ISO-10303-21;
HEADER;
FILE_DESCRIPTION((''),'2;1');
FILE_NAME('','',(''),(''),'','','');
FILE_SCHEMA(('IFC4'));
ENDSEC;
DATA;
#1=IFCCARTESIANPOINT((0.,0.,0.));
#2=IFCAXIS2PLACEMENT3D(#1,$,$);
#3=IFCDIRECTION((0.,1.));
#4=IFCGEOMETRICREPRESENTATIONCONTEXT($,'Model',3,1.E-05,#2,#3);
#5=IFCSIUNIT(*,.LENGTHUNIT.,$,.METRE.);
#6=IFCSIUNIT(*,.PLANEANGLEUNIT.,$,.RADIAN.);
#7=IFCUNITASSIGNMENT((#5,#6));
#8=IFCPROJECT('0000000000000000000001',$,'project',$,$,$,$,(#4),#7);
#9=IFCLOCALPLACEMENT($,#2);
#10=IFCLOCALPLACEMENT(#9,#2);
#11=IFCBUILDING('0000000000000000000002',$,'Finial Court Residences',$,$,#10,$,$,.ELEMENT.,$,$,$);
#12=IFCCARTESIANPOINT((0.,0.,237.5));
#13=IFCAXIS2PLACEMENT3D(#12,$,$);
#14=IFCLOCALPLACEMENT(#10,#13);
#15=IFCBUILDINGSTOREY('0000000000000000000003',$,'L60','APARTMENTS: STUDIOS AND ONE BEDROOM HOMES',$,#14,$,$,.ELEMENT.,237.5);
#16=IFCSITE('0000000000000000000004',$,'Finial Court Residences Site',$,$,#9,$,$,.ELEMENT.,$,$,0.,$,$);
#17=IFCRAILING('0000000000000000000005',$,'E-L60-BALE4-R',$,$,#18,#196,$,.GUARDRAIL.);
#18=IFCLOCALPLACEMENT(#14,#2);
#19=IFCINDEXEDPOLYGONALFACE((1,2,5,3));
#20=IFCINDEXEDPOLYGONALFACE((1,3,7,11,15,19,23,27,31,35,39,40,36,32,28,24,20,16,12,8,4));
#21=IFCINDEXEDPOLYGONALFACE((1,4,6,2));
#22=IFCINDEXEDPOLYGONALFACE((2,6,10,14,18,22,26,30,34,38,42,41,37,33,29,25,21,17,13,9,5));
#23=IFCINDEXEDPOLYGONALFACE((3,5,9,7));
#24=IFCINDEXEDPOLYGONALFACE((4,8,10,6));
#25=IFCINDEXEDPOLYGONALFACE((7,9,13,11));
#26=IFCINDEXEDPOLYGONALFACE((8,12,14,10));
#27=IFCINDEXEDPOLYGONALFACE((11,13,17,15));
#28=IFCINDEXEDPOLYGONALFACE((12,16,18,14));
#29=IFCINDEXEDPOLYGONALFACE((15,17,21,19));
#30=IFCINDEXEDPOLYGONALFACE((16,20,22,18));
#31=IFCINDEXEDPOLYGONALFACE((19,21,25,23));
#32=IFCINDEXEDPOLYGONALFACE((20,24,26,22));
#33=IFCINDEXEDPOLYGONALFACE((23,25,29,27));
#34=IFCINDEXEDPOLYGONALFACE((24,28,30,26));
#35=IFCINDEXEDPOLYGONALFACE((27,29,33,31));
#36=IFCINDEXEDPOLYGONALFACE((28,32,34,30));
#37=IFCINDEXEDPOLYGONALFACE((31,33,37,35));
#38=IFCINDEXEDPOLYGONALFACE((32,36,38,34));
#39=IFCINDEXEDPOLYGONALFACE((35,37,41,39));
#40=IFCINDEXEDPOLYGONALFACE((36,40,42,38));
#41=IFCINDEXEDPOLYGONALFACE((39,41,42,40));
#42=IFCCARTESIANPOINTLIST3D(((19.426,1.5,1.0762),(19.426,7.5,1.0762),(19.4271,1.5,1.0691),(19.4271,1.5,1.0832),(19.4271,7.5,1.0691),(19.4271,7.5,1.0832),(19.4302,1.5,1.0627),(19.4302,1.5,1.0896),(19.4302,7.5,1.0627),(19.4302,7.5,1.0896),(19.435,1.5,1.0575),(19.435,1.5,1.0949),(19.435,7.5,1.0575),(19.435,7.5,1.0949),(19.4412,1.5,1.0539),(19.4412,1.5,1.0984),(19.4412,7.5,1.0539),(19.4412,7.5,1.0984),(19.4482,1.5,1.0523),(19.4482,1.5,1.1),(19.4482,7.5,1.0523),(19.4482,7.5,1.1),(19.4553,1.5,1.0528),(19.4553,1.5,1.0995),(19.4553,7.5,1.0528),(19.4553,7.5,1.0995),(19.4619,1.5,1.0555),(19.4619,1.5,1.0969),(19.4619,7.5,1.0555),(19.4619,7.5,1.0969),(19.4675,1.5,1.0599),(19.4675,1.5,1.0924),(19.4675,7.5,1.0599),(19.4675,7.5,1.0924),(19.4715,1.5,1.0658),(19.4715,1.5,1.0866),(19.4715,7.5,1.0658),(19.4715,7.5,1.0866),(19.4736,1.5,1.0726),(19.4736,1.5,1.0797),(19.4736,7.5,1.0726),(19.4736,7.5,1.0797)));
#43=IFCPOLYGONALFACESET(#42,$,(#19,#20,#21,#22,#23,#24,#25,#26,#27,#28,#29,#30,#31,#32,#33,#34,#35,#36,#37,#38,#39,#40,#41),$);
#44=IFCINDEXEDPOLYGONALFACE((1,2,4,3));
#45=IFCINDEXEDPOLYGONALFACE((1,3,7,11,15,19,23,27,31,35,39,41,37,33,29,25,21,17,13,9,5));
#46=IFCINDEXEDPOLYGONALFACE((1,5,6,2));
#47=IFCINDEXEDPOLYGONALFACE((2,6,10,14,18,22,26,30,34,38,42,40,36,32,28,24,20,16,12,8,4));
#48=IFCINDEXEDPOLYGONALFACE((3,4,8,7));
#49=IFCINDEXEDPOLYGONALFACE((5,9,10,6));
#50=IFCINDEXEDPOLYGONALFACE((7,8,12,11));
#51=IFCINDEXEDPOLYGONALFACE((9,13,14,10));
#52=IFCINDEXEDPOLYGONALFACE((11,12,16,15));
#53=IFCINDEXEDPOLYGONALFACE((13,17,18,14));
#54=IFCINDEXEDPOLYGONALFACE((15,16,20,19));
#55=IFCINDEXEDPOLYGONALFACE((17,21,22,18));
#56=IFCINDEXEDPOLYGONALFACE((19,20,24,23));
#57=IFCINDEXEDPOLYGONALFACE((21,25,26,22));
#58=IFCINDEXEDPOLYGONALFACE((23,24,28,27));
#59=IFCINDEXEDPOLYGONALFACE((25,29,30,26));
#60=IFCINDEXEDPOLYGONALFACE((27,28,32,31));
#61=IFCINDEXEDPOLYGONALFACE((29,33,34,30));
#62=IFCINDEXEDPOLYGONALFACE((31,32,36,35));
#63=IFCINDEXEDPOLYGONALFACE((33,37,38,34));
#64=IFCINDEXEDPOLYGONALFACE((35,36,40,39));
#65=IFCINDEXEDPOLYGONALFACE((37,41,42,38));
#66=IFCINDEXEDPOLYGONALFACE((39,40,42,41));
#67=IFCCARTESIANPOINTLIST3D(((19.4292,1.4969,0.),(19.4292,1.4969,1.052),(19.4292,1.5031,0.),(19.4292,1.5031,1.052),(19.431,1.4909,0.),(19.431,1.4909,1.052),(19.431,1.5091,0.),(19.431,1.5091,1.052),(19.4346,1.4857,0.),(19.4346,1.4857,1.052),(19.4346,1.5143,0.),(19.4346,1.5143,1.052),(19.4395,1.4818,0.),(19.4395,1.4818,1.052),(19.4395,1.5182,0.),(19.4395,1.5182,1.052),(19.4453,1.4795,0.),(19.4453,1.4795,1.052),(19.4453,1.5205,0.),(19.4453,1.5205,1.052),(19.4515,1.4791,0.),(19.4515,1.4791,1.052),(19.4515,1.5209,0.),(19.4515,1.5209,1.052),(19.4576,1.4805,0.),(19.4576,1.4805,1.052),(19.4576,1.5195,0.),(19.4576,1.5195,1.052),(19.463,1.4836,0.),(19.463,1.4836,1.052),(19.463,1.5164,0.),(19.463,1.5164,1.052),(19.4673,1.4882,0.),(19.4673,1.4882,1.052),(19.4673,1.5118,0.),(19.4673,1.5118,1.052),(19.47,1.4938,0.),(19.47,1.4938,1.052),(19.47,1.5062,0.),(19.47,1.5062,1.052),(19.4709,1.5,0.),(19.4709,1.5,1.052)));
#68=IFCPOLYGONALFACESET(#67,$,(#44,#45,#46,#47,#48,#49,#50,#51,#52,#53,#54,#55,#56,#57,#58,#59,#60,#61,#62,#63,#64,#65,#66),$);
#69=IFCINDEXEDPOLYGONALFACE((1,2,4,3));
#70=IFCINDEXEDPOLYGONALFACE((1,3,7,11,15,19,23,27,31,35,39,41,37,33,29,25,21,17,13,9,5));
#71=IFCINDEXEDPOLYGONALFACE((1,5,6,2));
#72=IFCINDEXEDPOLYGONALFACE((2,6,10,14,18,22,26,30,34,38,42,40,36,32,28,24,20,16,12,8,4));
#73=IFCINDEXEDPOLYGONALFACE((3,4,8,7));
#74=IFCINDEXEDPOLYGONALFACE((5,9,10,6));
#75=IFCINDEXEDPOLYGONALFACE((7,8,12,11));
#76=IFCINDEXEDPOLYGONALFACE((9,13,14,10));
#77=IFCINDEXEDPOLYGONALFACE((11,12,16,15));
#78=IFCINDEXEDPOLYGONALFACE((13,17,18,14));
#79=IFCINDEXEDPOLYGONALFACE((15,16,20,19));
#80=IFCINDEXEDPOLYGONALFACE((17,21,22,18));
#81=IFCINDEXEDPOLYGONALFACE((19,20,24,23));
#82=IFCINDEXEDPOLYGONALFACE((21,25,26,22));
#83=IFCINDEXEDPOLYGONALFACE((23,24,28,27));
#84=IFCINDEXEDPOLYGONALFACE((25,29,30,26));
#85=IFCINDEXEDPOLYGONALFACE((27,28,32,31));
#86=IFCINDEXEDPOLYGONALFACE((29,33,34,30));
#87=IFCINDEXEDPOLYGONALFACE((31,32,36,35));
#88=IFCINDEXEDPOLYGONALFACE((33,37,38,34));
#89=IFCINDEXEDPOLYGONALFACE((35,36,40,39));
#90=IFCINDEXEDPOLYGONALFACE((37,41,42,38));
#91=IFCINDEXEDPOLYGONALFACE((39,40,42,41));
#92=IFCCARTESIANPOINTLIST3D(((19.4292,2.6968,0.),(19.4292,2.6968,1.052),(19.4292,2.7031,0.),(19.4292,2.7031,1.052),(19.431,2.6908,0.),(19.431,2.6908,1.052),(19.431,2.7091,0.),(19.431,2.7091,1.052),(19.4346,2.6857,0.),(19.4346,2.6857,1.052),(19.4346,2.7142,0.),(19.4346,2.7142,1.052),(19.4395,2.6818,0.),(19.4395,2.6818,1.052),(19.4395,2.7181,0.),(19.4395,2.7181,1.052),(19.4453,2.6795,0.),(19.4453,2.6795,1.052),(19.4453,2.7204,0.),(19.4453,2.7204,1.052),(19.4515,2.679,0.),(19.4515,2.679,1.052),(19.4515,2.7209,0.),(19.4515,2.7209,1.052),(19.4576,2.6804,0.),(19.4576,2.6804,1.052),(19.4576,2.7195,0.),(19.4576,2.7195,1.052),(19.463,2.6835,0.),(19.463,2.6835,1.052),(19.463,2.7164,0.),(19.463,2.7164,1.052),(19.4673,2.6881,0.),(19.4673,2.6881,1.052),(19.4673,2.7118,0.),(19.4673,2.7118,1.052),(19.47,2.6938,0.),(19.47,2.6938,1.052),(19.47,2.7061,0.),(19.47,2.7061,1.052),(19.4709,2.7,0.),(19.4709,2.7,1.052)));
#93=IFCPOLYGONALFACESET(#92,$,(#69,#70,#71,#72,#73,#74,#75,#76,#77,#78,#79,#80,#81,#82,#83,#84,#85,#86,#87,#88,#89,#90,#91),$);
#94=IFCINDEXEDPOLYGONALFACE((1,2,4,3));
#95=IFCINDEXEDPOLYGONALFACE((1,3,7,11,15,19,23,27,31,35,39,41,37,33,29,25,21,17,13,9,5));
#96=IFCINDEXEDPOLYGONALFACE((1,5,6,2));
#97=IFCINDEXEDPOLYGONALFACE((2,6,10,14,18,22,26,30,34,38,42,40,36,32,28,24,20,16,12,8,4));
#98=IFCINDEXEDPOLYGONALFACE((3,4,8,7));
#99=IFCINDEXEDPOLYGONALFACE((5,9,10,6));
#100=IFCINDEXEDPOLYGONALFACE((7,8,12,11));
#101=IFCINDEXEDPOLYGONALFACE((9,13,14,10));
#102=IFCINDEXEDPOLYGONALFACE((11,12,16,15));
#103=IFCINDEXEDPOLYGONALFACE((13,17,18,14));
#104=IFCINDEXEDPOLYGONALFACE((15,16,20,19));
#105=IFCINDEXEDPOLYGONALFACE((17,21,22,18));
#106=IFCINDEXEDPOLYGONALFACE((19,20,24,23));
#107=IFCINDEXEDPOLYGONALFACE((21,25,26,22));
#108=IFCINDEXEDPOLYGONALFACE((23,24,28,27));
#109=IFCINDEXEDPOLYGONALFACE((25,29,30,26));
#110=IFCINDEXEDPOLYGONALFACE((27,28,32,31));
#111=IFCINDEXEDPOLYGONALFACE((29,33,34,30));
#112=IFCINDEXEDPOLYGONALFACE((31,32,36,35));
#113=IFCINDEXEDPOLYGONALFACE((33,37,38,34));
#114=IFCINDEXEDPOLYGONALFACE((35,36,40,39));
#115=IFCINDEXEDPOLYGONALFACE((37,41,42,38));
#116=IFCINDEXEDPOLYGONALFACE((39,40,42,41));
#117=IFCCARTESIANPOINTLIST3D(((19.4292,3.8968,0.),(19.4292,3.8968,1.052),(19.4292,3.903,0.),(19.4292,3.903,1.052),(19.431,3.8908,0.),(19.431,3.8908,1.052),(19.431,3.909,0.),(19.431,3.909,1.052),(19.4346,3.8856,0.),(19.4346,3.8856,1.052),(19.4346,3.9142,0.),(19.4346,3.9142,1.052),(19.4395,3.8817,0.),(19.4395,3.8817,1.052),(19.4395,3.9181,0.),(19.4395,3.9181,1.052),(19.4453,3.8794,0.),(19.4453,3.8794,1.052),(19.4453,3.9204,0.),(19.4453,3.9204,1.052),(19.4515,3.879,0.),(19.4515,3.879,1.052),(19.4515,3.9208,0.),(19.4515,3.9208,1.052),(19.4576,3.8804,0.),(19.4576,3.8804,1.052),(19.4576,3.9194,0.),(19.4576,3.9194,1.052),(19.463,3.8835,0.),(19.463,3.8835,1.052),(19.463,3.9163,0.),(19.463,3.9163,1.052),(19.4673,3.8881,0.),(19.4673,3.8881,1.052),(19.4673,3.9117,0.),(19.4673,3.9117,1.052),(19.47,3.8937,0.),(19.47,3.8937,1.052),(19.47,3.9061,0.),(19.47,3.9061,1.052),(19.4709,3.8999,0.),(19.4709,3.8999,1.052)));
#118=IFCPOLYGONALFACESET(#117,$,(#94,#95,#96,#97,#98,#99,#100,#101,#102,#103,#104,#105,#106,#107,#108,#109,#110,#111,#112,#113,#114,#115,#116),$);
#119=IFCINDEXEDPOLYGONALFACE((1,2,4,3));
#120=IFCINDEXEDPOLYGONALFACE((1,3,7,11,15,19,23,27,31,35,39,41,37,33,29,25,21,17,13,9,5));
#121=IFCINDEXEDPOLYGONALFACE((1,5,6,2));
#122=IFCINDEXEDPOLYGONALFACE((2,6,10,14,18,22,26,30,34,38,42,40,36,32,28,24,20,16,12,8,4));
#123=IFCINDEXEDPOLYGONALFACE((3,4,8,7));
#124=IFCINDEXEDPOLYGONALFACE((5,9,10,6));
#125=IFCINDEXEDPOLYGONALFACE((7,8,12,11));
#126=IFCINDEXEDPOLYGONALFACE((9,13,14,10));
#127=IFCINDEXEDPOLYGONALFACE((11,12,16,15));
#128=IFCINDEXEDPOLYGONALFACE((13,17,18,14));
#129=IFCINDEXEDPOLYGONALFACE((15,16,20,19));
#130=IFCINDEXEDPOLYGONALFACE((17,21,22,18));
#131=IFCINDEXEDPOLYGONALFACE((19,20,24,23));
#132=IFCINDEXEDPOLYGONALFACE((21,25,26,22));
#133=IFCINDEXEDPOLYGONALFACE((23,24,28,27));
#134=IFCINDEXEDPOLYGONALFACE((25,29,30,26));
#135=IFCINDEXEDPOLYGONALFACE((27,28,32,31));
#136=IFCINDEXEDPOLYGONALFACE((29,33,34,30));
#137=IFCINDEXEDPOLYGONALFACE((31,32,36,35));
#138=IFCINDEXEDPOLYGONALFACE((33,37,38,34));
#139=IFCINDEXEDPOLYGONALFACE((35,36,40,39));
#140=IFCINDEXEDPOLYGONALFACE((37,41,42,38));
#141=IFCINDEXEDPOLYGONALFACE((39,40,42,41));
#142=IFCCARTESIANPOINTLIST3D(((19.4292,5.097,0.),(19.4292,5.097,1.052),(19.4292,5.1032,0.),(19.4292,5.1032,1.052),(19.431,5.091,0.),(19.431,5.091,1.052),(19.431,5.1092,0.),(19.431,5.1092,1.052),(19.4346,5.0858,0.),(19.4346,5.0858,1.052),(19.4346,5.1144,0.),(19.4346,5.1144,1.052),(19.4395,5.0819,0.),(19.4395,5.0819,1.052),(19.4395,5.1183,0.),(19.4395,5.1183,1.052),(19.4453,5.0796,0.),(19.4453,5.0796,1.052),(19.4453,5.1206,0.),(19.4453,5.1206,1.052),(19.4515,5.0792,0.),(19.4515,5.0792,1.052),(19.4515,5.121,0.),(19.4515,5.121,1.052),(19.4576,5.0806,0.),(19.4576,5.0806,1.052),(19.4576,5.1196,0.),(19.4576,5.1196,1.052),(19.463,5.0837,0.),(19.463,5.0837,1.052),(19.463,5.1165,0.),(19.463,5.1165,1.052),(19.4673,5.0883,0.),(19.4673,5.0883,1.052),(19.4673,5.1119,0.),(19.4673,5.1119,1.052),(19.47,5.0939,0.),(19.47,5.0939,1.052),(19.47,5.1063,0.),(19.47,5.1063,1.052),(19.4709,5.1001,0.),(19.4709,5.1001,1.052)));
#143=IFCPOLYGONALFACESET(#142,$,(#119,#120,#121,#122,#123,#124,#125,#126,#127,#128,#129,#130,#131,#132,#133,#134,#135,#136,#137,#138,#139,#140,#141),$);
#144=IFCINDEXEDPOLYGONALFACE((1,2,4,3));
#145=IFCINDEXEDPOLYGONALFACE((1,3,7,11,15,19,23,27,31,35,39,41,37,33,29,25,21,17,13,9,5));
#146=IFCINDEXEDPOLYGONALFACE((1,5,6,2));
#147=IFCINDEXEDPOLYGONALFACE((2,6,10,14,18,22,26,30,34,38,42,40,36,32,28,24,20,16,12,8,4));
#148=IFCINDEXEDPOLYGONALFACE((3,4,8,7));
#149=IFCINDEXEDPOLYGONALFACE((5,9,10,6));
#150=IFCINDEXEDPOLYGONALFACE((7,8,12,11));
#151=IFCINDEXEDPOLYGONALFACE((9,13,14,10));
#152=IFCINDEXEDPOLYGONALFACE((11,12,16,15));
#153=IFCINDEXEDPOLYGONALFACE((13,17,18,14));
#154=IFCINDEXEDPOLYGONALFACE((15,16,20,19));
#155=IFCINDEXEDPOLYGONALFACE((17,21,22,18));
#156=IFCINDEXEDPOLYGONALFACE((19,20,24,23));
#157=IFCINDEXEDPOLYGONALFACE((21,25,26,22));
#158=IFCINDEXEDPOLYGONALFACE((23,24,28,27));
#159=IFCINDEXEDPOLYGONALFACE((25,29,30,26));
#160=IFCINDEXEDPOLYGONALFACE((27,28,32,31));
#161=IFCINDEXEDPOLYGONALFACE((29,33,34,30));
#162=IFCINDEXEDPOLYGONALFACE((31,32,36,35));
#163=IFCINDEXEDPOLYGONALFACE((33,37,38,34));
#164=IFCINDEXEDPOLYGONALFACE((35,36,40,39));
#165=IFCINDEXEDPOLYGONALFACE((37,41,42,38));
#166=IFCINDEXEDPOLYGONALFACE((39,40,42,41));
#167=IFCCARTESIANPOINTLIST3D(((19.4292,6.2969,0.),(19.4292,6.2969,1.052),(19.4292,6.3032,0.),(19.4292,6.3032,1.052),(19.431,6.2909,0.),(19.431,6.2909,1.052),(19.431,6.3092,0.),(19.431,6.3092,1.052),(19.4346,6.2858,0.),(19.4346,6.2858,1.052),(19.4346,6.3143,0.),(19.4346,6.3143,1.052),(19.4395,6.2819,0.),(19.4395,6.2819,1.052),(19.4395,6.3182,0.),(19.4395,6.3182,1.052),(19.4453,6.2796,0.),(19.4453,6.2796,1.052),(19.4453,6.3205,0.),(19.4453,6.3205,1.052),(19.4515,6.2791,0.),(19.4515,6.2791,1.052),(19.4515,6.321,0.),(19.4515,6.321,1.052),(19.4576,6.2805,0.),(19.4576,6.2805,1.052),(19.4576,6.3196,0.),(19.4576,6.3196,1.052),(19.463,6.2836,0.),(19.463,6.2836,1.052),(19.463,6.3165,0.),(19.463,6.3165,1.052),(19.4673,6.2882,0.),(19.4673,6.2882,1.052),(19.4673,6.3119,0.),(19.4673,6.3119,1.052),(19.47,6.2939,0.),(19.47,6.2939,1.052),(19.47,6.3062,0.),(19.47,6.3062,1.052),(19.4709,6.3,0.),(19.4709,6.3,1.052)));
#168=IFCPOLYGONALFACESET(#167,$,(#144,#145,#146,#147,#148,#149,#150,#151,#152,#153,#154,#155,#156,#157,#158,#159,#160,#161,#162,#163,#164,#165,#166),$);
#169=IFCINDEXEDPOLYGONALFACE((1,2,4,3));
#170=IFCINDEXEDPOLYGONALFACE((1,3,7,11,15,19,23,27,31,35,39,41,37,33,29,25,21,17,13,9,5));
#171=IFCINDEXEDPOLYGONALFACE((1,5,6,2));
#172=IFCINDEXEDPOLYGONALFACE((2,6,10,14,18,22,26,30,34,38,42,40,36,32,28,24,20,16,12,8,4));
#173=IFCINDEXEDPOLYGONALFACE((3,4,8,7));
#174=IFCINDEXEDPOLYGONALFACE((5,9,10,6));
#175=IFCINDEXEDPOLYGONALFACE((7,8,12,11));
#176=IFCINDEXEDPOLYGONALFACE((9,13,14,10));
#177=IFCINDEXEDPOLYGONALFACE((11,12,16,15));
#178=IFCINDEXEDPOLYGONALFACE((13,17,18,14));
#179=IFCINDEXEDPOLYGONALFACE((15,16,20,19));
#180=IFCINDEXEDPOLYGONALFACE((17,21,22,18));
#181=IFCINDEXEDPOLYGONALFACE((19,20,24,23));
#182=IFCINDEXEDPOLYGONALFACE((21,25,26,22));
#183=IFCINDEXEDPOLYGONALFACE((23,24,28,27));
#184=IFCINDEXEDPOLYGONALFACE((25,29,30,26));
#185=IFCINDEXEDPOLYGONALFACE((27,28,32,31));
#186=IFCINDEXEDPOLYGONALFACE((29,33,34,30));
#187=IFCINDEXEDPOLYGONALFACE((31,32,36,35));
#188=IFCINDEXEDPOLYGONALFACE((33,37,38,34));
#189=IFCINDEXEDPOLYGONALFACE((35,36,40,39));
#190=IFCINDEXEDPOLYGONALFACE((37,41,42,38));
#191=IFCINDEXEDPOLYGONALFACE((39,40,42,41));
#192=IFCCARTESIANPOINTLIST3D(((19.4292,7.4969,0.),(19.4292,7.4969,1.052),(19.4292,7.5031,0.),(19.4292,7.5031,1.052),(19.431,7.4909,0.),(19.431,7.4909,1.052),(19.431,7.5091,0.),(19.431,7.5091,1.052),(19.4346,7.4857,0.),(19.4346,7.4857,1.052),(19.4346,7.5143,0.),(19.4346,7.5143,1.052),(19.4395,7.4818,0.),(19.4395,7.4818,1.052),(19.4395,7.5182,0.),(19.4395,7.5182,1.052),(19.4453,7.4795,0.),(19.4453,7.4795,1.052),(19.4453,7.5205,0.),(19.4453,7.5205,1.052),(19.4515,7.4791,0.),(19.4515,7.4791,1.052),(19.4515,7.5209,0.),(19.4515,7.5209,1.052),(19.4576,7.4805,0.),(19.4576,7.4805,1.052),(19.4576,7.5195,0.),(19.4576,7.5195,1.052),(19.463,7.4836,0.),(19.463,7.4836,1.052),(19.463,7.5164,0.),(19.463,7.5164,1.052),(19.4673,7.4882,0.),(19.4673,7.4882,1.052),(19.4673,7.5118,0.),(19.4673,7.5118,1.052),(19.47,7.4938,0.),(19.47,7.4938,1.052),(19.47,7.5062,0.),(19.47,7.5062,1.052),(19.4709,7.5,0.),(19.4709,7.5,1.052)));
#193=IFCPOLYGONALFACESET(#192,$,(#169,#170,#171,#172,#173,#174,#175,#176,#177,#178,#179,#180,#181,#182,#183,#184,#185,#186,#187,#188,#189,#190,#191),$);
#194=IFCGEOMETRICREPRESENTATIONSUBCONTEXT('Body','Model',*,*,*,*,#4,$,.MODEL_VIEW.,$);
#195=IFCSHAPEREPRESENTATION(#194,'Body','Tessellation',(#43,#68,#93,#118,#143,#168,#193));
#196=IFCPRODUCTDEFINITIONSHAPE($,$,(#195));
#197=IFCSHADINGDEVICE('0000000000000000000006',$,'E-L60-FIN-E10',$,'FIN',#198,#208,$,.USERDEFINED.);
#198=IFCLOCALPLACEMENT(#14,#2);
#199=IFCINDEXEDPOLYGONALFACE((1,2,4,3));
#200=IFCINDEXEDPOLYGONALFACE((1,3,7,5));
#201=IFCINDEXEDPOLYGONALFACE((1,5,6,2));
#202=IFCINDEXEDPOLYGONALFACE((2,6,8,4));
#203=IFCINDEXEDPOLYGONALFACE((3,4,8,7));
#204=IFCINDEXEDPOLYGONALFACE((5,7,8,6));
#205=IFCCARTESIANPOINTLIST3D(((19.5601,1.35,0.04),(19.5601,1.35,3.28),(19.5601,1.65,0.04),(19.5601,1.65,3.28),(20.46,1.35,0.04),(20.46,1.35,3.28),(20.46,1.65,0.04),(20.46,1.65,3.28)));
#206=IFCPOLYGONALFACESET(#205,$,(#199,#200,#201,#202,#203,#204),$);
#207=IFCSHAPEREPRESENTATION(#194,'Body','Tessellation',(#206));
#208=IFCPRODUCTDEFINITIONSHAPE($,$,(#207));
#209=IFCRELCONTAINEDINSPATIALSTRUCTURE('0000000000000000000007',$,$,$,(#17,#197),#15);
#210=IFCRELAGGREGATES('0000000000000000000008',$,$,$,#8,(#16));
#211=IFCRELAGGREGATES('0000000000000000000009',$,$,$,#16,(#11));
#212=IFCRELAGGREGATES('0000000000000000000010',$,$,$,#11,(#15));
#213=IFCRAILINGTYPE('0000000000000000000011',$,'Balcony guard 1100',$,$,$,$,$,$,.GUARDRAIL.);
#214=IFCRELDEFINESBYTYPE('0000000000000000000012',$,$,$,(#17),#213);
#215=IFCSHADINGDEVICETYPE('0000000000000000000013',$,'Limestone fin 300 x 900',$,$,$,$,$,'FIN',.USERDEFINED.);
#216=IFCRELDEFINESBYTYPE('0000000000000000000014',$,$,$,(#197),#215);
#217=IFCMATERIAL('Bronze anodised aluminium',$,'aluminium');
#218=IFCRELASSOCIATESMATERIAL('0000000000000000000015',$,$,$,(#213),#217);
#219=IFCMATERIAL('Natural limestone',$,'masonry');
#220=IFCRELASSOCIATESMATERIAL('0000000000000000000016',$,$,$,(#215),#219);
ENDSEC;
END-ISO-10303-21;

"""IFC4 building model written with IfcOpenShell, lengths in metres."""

from ifc_helpers import new_model, si_unit, direction, frame, origin, origin_2d, place, context, subcontext, project, spatial, rectangle, circle, extrude, material, type_object, element, save


model = new_model("IFC4")

# Units and contexts
model_context = context("Model", 3, precision=1e-05, world=origin(), true_north=direction((0.0, 1.0)))
body_context = subcontext(model_context, "Body", "Model", "MODEL_VIEW")
ifc_project = project(units=[si_unit("LENGTHUNIT", "METRE"), si_unit("PLANEANGLEUNIT", "RADIAN")], contexts=[model_context])

# Site, building, storey
site_placement = place(None, origin())
site = spatial("IfcSite", under=ifc_project, at=site_placement, Name="Finial Court Residences Site", CompositionType="ELEMENT", RefElevation=0.0)
building_placement = place(site_placement, origin())
building = spatial("IfcBuilding", under=site, at=building_placement, Name="Finial Court Residences", CompositionType="ELEMENT")
storey_placement = place(building_placement, frame((0.0, 0.0, 237.5)))
storey = spatial("IfcBuildingStorey", under=building, at=storey_placement, Name="L60", Description="APARTMENTS: STUDIOS AND ONE BEDROOM HOMES", CompositionType="ELEMENT", Elevation=237.5)

# Shared definitions
ifc_material_1 = material(Name="Bronze anodised aluminium", Category="aluminium")

# Shared definitions
ifc_material_2 = material(Name="Natural limestone", Category="masonry")

# Railing
railing_type = type_object("IfcRailingType", Name="Balcony guard 1100", PredefinedType="GUARDRAIL", material=ifc_material_1)
railing_placement = place(storey_placement, frame((19.45, 1.5, 0.0)))
element("IfcRailing", 1, at=railing_placement, inside=storey, type_object=railing_type, Name="E-L60-BALE4-R", PredefinedType="GUARDRAIL", context=body_context, shape_type="SweptSolid", body=[
    extrude(circle(Radius=0.0239, at=origin_2d()), frame((0.0, 0.0, 1.0762), z_axis=(0.0, 1.0, 0.0), x_axis=(-1.0, 0.0, 0.0)), (0.0, 0.0, 1.0), 6.0),
    extrude(circle(Radius=0.021, at=origin_2d()), origin(), (0.0, 0.0, 1.0), 1.052),
    extrude(circle(Radius=0.021, at=origin_2d()), frame((0.0, 1.2, 0.0)), (0.0, 0.0, 1.0), 1.052),
    extrude(circle(Radius=0.021, at=origin_2d()), frame((0.0, 2.3999, 0.0)), (0.0, 0.0, 1.0), 1.052),
    extrude(circle(Radius=0.021, at=origin_2d()), frame((0.0, 3.6001, 0.0)), (0.0, 0.0, 1.0), 1.052),
    extrude(circle(Radius=0.021, at=origin_2d()), frame((0.0, 4.8, 0.0)), (0.0, 0.0, 1.0), 1.052),
    extrude(circle(Radius=0.021, at=origin_2d()), frame((0.0, 6.0, 0.0)), (0.0, 0.0, 1.0), 1.052),
])

# Shading device
shading_device_type = type_object("IfcShadingDeviceType", Name="Limestone fin 300 x 900", ElementType="FIN", PredefinedType="USERDEFINED", material=ifc_material_2)
shading_device_placement = place(storey_placement, frame((20.01, 1.5, 0.04), z_axis=(0.0, 0.0, 1.0), x_axis=(1.0, 0.0, 0.0)))
element("IfcShadingDevice", 2, at=shading_device_placement, inside=storey, type_object=shading_device_type, Name="E-L60-FIN-E10", ObjectType="FIN", PredefinedType="USERDEFINED", context=body_context, shape_type="SweptSolid", body=[
    extrude(rectangle(XDim=0.8999, YDim=0.3, at=origin_2d()), origin(), (0.0, 0.0, 1.0), 3.24),
])

save(model, "model.ifc")
